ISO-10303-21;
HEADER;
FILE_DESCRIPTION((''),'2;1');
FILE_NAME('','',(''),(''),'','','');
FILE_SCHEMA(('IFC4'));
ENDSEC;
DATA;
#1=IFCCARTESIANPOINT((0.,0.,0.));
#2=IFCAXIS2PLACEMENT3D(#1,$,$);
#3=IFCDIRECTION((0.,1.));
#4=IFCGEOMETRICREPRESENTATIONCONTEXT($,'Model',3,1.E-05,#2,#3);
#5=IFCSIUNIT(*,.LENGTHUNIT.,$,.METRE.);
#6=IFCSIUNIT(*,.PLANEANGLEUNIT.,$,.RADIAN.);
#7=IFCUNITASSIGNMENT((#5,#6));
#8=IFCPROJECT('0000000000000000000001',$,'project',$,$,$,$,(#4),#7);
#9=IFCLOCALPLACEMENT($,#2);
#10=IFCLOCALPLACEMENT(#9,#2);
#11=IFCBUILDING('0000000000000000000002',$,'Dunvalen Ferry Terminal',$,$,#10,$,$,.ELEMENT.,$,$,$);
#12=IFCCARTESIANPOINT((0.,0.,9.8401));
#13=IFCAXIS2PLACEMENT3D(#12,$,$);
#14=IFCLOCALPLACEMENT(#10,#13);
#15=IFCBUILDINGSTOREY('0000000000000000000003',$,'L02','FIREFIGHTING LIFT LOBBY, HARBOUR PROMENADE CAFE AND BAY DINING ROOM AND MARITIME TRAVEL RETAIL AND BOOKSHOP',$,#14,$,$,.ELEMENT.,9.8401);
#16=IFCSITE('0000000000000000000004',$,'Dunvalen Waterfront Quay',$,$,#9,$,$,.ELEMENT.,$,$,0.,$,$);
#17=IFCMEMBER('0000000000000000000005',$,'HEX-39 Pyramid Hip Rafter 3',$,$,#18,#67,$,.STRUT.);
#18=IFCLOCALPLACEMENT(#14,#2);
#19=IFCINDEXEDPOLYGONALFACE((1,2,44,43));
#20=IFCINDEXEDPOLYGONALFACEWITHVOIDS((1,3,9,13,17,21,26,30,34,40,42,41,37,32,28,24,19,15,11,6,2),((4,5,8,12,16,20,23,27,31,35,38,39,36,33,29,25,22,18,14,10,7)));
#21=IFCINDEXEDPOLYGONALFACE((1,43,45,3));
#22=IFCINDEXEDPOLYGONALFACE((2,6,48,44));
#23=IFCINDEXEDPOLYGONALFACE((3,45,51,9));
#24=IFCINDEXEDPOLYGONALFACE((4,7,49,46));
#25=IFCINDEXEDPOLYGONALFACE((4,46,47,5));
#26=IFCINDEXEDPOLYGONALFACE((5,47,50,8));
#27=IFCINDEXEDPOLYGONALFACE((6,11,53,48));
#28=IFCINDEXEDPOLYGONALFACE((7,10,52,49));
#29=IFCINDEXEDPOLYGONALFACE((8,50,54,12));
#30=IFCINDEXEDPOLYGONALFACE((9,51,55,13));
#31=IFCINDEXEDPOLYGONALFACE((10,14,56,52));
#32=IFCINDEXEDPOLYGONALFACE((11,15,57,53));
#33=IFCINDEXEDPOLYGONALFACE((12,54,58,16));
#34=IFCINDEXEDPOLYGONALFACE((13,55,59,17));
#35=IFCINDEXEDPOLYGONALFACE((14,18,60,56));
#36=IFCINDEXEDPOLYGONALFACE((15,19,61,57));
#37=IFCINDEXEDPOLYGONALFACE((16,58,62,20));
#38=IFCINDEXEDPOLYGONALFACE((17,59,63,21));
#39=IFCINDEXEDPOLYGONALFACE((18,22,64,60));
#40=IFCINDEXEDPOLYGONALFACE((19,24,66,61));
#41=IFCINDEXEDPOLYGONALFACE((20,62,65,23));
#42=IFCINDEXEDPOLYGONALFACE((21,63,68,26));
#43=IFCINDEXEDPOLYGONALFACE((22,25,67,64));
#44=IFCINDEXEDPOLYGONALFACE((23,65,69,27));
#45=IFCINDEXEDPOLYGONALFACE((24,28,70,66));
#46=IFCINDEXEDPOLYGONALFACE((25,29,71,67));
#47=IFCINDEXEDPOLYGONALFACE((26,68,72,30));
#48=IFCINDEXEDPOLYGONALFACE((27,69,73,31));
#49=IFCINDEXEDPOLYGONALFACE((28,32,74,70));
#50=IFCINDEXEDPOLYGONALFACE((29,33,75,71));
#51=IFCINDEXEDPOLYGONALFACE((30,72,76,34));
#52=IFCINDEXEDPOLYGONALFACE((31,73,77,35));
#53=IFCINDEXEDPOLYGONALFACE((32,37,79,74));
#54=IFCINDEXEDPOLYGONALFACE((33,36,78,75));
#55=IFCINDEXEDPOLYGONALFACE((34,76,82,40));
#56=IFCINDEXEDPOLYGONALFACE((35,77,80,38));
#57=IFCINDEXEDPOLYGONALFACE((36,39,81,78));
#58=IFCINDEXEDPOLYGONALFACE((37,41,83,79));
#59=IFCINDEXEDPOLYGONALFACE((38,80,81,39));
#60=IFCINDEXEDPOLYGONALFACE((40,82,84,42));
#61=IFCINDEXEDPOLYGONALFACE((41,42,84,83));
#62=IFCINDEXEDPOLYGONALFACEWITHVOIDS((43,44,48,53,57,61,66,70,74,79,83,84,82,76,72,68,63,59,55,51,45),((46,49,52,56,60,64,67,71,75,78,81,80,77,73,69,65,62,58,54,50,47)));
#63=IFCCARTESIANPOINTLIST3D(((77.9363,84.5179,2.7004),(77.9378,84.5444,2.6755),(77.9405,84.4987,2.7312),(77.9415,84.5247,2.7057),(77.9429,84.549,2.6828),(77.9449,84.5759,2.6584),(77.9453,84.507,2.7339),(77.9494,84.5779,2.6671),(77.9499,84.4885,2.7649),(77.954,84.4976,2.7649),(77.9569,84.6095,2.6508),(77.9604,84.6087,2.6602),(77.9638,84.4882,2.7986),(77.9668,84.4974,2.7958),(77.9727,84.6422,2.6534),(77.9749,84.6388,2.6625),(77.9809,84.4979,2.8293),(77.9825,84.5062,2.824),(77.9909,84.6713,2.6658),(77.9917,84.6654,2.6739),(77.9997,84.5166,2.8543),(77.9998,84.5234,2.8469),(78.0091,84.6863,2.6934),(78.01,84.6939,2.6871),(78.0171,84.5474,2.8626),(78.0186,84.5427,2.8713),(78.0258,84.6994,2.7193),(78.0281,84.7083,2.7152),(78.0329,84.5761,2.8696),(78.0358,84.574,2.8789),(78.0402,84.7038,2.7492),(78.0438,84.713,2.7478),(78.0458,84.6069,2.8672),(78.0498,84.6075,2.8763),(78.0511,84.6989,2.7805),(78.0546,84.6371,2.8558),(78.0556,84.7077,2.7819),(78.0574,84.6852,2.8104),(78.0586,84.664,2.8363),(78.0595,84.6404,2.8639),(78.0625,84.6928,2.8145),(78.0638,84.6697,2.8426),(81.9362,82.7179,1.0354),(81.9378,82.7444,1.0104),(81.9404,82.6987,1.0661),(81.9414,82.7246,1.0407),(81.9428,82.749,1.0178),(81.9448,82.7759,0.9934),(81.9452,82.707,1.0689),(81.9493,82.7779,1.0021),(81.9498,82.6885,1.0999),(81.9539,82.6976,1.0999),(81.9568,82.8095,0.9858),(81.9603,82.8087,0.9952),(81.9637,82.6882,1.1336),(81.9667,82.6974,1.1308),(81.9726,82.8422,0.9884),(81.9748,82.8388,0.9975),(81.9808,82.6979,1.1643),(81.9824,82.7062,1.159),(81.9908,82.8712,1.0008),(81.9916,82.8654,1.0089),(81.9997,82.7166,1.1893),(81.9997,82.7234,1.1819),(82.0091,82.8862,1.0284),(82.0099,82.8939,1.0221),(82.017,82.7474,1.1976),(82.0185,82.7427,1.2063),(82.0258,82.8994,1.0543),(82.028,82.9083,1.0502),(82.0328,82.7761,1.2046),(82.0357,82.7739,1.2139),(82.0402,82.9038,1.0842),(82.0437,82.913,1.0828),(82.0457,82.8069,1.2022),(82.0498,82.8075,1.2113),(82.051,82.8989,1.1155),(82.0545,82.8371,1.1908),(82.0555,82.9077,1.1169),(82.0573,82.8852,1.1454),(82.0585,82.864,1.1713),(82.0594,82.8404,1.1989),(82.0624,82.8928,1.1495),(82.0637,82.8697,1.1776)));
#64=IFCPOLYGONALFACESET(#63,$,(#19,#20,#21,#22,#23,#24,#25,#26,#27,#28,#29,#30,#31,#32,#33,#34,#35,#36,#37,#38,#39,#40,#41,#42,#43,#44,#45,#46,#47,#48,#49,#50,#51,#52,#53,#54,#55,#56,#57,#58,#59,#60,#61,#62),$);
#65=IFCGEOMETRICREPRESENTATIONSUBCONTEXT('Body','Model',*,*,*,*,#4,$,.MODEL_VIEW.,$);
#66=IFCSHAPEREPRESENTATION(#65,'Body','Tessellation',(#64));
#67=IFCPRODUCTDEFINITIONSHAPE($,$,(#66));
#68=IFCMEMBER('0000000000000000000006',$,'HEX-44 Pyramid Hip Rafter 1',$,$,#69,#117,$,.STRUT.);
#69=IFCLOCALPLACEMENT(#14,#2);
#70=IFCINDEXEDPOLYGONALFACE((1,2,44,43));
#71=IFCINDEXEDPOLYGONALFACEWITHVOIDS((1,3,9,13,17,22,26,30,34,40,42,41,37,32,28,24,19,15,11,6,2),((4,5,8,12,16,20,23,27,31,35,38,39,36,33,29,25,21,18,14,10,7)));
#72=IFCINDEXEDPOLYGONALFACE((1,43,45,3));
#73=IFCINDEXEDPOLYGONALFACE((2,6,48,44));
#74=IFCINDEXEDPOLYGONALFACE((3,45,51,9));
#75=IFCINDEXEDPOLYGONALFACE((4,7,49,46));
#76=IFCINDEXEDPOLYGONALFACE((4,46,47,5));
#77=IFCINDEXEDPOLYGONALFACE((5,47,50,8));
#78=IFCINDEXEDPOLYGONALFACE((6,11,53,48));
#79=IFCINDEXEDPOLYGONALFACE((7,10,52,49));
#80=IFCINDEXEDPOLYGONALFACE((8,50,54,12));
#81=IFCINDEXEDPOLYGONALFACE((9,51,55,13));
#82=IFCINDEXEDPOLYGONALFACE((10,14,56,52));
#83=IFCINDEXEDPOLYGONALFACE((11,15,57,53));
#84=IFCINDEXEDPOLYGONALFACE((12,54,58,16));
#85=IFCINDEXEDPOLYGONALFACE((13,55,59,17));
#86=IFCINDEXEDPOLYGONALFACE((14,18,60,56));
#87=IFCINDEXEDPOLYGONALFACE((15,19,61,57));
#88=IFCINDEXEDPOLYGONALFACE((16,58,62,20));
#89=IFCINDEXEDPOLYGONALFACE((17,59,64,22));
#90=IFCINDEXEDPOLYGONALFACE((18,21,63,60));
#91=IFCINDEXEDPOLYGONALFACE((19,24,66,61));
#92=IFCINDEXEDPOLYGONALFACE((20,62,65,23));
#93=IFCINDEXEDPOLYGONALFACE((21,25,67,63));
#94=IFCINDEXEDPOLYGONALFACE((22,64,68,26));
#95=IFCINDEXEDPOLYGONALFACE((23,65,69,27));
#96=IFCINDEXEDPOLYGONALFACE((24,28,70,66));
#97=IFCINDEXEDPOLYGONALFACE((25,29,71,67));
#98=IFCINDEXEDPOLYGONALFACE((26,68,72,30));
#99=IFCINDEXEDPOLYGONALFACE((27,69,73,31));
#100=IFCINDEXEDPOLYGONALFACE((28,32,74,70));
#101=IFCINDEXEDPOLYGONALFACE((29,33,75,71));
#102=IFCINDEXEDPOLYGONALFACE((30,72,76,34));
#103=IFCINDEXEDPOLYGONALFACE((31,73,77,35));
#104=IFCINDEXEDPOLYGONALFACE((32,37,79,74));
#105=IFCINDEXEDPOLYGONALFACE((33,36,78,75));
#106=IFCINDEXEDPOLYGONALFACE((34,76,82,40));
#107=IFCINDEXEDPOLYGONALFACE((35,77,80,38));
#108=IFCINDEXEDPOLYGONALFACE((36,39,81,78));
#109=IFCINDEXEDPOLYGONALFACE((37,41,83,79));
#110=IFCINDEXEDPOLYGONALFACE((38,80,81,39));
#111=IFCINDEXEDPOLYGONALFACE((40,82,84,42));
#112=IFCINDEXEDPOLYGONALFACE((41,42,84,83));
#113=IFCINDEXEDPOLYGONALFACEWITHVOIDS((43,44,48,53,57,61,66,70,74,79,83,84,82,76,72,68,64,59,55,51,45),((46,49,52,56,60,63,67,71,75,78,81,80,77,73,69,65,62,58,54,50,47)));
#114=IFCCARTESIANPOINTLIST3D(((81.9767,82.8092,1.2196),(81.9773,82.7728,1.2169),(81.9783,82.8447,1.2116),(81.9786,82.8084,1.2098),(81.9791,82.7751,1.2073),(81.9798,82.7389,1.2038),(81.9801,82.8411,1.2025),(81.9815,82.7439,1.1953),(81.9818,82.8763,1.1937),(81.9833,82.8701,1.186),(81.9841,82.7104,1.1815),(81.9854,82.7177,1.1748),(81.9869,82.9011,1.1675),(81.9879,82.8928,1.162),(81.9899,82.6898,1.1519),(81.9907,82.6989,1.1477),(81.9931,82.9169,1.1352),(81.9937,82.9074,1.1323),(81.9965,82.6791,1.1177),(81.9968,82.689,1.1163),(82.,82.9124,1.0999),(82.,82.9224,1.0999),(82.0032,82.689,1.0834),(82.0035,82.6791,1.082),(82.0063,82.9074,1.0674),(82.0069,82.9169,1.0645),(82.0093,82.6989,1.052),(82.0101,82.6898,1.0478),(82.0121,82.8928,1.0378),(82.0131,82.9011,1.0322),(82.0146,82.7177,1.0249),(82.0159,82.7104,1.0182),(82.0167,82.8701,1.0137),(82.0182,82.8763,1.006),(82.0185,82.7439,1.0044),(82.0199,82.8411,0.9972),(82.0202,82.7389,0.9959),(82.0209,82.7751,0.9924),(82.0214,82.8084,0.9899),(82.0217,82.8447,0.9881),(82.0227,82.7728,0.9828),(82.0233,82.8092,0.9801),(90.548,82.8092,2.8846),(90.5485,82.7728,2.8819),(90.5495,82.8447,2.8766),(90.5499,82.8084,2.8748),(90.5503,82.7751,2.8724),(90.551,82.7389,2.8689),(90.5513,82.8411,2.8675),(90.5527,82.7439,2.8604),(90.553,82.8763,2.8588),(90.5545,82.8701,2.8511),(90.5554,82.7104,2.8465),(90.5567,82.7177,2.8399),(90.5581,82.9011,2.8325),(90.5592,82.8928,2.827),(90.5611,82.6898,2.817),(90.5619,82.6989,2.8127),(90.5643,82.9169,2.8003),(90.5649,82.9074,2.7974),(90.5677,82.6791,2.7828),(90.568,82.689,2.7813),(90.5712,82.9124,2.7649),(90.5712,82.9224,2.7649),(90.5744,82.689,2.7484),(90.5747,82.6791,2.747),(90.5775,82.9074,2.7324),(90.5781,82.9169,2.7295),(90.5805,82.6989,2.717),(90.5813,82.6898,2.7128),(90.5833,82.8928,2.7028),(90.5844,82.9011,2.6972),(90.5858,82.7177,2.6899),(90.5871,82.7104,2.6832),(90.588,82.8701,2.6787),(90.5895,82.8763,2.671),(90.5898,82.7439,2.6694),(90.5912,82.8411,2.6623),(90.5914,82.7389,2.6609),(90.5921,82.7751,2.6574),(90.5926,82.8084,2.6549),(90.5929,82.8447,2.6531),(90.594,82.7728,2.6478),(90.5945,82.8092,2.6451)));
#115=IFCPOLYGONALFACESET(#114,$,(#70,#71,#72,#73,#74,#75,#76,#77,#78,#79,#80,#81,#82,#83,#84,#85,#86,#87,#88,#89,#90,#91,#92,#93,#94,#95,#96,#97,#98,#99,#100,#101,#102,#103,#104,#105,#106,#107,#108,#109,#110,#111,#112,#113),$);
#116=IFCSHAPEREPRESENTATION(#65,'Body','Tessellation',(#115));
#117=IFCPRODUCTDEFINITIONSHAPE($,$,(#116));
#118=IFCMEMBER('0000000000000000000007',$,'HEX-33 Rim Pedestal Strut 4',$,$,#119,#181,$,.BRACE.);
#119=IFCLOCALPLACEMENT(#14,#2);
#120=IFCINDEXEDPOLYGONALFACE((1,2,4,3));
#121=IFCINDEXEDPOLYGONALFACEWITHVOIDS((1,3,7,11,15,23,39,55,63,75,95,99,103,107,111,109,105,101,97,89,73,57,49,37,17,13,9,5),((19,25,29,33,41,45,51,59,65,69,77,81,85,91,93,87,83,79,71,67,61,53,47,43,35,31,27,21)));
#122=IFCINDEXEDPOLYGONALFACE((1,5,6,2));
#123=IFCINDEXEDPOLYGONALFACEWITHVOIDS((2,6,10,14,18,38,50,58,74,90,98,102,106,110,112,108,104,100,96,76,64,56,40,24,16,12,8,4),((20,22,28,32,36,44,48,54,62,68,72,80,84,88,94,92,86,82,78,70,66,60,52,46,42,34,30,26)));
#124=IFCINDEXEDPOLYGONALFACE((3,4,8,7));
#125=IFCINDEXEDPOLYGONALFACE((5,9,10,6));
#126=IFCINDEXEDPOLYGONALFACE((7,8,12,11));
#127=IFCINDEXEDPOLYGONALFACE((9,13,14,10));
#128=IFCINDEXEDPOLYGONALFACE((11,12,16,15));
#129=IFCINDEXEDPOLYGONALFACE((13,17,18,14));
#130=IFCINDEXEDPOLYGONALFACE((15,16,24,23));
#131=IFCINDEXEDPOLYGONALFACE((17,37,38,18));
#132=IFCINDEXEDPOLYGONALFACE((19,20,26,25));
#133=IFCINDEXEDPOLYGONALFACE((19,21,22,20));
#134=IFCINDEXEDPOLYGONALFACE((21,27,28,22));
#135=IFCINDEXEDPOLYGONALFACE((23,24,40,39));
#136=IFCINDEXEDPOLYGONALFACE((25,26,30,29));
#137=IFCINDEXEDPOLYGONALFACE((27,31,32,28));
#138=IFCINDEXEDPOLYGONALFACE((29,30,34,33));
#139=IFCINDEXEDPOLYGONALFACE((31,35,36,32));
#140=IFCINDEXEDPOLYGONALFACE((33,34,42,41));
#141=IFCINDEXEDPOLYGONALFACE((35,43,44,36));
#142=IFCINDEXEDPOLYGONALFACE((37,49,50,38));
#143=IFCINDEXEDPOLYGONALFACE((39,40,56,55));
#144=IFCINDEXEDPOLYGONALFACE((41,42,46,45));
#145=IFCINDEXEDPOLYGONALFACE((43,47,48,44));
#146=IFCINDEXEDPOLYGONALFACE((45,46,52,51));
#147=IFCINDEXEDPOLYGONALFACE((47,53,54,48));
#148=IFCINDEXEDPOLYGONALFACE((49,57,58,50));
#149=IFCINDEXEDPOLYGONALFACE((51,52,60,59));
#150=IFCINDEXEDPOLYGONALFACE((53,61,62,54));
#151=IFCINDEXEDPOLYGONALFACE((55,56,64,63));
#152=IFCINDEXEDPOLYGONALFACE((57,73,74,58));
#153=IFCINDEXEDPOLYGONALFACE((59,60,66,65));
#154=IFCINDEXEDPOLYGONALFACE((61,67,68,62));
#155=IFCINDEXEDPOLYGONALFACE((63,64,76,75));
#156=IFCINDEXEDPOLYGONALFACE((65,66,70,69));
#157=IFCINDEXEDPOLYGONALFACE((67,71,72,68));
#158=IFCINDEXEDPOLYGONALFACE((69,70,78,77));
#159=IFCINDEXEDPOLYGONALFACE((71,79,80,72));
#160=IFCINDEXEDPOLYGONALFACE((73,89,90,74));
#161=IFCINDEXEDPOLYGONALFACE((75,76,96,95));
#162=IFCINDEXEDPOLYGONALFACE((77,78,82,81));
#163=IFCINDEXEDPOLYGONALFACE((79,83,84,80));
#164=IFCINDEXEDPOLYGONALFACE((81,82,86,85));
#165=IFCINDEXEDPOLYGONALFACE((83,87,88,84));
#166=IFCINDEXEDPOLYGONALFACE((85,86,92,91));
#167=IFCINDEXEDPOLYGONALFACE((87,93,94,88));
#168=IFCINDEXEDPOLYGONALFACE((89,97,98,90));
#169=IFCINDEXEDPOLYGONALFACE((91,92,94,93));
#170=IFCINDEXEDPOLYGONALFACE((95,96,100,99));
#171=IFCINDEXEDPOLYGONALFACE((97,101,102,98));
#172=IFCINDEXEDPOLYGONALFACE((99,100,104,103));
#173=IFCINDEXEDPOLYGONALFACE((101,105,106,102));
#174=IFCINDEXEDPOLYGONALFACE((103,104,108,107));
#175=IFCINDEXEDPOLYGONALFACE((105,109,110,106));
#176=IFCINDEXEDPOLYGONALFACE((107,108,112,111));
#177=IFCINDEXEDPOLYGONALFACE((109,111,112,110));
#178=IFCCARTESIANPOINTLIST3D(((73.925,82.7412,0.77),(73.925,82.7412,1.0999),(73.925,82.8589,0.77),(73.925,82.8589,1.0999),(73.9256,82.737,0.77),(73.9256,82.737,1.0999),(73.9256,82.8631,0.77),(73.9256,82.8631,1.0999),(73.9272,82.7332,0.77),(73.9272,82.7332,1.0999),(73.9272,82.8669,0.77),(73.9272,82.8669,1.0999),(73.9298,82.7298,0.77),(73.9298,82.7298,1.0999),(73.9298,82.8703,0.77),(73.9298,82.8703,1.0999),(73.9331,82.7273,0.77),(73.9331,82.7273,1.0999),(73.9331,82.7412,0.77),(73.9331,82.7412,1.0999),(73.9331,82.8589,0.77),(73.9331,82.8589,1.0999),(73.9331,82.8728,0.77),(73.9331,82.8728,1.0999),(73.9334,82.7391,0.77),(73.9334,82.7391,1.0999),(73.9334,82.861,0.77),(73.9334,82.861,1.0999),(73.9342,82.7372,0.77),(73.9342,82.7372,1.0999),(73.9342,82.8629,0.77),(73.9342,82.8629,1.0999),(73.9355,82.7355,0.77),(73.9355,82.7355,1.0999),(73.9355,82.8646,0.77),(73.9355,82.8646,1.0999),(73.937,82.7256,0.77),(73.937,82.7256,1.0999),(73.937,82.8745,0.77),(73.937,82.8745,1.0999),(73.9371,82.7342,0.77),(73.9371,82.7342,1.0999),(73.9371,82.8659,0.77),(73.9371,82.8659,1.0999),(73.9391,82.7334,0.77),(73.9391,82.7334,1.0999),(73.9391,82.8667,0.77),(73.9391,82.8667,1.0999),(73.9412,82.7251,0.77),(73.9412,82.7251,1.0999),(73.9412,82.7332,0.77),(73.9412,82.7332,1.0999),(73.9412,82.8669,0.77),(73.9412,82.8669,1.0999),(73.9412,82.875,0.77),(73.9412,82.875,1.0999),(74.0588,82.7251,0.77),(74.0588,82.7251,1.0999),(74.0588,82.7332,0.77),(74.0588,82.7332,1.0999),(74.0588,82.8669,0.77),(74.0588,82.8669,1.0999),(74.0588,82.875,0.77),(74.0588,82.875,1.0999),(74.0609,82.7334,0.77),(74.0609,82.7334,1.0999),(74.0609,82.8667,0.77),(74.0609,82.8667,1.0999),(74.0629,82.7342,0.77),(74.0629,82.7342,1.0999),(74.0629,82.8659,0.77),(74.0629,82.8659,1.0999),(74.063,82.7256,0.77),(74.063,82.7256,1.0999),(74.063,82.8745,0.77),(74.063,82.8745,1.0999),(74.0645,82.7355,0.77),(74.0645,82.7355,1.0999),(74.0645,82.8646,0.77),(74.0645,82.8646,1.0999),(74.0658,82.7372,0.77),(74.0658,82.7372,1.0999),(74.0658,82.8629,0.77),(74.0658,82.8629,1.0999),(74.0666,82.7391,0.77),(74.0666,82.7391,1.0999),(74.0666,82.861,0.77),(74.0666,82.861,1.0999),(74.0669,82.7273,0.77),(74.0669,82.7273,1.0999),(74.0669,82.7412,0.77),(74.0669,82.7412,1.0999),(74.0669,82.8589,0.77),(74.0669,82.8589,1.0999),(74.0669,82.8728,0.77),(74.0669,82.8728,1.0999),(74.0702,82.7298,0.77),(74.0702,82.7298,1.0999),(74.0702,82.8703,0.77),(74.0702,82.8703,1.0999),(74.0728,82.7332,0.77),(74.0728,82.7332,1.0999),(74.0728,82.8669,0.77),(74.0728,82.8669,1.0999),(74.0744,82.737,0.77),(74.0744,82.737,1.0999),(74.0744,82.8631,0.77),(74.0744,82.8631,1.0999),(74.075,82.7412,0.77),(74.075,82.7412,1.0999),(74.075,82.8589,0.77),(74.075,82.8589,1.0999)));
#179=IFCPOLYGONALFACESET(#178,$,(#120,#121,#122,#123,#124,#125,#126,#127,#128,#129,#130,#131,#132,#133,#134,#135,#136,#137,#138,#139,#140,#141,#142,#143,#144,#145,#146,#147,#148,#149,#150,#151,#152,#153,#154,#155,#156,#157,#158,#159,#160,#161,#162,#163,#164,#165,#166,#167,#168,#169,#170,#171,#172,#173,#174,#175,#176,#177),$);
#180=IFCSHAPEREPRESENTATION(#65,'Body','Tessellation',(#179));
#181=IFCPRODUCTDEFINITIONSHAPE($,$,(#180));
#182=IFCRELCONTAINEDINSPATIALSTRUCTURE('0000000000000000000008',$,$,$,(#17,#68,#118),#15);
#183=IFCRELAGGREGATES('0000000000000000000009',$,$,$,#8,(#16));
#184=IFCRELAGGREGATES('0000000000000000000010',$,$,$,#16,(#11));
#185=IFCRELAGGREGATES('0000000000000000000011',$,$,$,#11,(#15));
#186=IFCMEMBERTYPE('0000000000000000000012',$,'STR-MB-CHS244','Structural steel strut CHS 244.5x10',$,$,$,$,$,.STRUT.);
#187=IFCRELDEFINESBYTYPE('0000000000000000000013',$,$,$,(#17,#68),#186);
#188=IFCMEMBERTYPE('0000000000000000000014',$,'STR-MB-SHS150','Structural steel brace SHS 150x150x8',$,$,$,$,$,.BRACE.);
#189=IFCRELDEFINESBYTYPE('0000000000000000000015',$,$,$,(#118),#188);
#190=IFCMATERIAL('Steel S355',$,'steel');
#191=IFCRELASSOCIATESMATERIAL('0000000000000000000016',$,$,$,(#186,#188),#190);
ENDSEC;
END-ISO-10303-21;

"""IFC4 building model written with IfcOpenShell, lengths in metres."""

from ifc_helpers import new_model, si_unit, direction, frame, origin, origin_2d, place, context, subcontext, project, spatial, hollow_rectangle, hollow_circle, extrude, material, material_profile, profile_set, type_object, element, save


model = new_model("IFC4")

# Units and contexts
model_context = context("Model", 3, precision=1e-05, world=origin(), true_north=direction((0.0, 1.0)))
body_context = subcontext(model_context, "Body", "Model", "MODEL_VIEW")
ifc_project = project(units=[si_unit("LENGTHUNIT", "METRE"), si_unit("PLANEANGLEUNIT", "RADIAN")], contexts=[model_context])

# Site, building, storey
site_placement = place(None, origin())
site = spatial("IfcSite", under=ifc_project, at=site_placement, Name="Dunvalen Waterfront Quay", CompositionType="ELEMENT", RefElevation=0.0)
building_placement = place(site_placement, origin())
building = spatial("IfcBuilding", under=site, at=building_placement, Name="Dunvalen Ferry Terminal", CompositionType="ELEMENT")
storey_placement = place(building_placement, frame((0.0, 0.0, 9.8401)))
storey = spatial("IfcBuildingStorey", under=building, at=storey_placement, Name="L02", Description="FIREFIGHTING LIFT LOBBY, HARBOUR PROMENADE CAFE AND BAY DINING ROOM AND MARITIME TRAVEL RETAIL AND BOOKSHOP", CompositionType="ELEMENT", Elevation=9.8401)

# Shared definitions
ifc_material_1 = material(Name="Steel S355", Category="steel")

# Members
ifc_material_profile_1 = material_profile(ifc_material_1, hollow_circle(Radius=0.1223, WallThickness=0.01, at=origin_2d()), Name="Steel S355")
ifc_profile_set_1 = profile_set([ifc_material_profile_1], Name="Steel S355")
member_type_1 = type_object("IfcMemberType", Name="STR-MB-CHS244", Description="Structural steel strut CHS 244.5x10", PredefinedType="STRUT", material=ifc_profile_set_1)
for number, where, z_axis, x_axis, name in (
    (1, (82.0, 82.8, 1.0999), (-0.85256, 0.383662, 0.354886), (-0.410374, -0.911917, 0.0), "HEX-39 Pyramid Hip Rafter 3"),
):
    element("IfcMember", number, at=place(storey_placement, frame(where, z_axis=z_axis, x_axis=x_axis)), inside=storey, type_object=member_type_1, Name=name, PredefinedType="STRUT", context=body_context, shape_type="SweptSolid", body=[
        extrude(hollow_circle(Radius=0.1223, WallThickness=0.01, at=origin_2d()), origin(), (0.0, 0.0, 1.0), 4.6917),
    ])
member_1_placement = place(storey_placement, frame((82.0, 82.8, 1.0999), z_axis=(0.98165, 0.0, 0.190693), x_axis=(0.0, 1.0, 0.0)))
element("IfcMember", 2, at=member_1_placement, inside=storey, type_object=member_type_1, Name="HEX-44 Pyramid Hip Rafter 1", PredefinedType="STRUT", context=body_context, shape_type="SweptSolid", body=[
    extrude(hollow_circle(Radius=0.1223, WallThickness=0.01, at=origin_2d()), origin(), (0.0, 0.0, 1.0), 8.7314),
])
ifc_material_profile_2 = material_profile(ifc_material_1, hollow_rectangle(XDim=0.1499, YDim=0.1499, WallThickness=0.0081, InnerFilletRadius=0.0081, OuterFilletRadius=0.0161, at=origin_2d()), Name="Steel S355")
ifc_profile_set_2 = profile_set([ifc_material_profile_2], Name="Steel S355")
member_type_2 = type_object("IfcMemberType", Name="STR-MB-SHS150", Description="Structural steel brace SHS 150x150x8", PredefinedType="BRACE", material=ifc_profile_set_2)
for number, where, z_axis, x_axis, name in (
    (3, (74.0, 82.8, 0.77), (0.0, 0.0, 1.0), (1.0, 0.0, 0.0), "HEX-33 Rim Pedestal Strut 4"),
):
    element("IfcMember", number, at=place(storey_placement, frame(where, z_axis=z_axis, x_axis=x_axis)), inside=storey, type_object=member_type_2, Name=name, PredefinedType="BRACE", context=body_context, shape_type="SweptSolid", body=[
        extrude(hollow_rectangle(XDim=0.1499, YDim=0.1499, WallThickness=0.0081, InnerFilletRadius=0.0081, OuterFilletRadius=0.0161, at=origin_2d()), origin(), (0.0, 0.0, 1.0), 0.3298),
    ])

save(model, "model.ifc")
